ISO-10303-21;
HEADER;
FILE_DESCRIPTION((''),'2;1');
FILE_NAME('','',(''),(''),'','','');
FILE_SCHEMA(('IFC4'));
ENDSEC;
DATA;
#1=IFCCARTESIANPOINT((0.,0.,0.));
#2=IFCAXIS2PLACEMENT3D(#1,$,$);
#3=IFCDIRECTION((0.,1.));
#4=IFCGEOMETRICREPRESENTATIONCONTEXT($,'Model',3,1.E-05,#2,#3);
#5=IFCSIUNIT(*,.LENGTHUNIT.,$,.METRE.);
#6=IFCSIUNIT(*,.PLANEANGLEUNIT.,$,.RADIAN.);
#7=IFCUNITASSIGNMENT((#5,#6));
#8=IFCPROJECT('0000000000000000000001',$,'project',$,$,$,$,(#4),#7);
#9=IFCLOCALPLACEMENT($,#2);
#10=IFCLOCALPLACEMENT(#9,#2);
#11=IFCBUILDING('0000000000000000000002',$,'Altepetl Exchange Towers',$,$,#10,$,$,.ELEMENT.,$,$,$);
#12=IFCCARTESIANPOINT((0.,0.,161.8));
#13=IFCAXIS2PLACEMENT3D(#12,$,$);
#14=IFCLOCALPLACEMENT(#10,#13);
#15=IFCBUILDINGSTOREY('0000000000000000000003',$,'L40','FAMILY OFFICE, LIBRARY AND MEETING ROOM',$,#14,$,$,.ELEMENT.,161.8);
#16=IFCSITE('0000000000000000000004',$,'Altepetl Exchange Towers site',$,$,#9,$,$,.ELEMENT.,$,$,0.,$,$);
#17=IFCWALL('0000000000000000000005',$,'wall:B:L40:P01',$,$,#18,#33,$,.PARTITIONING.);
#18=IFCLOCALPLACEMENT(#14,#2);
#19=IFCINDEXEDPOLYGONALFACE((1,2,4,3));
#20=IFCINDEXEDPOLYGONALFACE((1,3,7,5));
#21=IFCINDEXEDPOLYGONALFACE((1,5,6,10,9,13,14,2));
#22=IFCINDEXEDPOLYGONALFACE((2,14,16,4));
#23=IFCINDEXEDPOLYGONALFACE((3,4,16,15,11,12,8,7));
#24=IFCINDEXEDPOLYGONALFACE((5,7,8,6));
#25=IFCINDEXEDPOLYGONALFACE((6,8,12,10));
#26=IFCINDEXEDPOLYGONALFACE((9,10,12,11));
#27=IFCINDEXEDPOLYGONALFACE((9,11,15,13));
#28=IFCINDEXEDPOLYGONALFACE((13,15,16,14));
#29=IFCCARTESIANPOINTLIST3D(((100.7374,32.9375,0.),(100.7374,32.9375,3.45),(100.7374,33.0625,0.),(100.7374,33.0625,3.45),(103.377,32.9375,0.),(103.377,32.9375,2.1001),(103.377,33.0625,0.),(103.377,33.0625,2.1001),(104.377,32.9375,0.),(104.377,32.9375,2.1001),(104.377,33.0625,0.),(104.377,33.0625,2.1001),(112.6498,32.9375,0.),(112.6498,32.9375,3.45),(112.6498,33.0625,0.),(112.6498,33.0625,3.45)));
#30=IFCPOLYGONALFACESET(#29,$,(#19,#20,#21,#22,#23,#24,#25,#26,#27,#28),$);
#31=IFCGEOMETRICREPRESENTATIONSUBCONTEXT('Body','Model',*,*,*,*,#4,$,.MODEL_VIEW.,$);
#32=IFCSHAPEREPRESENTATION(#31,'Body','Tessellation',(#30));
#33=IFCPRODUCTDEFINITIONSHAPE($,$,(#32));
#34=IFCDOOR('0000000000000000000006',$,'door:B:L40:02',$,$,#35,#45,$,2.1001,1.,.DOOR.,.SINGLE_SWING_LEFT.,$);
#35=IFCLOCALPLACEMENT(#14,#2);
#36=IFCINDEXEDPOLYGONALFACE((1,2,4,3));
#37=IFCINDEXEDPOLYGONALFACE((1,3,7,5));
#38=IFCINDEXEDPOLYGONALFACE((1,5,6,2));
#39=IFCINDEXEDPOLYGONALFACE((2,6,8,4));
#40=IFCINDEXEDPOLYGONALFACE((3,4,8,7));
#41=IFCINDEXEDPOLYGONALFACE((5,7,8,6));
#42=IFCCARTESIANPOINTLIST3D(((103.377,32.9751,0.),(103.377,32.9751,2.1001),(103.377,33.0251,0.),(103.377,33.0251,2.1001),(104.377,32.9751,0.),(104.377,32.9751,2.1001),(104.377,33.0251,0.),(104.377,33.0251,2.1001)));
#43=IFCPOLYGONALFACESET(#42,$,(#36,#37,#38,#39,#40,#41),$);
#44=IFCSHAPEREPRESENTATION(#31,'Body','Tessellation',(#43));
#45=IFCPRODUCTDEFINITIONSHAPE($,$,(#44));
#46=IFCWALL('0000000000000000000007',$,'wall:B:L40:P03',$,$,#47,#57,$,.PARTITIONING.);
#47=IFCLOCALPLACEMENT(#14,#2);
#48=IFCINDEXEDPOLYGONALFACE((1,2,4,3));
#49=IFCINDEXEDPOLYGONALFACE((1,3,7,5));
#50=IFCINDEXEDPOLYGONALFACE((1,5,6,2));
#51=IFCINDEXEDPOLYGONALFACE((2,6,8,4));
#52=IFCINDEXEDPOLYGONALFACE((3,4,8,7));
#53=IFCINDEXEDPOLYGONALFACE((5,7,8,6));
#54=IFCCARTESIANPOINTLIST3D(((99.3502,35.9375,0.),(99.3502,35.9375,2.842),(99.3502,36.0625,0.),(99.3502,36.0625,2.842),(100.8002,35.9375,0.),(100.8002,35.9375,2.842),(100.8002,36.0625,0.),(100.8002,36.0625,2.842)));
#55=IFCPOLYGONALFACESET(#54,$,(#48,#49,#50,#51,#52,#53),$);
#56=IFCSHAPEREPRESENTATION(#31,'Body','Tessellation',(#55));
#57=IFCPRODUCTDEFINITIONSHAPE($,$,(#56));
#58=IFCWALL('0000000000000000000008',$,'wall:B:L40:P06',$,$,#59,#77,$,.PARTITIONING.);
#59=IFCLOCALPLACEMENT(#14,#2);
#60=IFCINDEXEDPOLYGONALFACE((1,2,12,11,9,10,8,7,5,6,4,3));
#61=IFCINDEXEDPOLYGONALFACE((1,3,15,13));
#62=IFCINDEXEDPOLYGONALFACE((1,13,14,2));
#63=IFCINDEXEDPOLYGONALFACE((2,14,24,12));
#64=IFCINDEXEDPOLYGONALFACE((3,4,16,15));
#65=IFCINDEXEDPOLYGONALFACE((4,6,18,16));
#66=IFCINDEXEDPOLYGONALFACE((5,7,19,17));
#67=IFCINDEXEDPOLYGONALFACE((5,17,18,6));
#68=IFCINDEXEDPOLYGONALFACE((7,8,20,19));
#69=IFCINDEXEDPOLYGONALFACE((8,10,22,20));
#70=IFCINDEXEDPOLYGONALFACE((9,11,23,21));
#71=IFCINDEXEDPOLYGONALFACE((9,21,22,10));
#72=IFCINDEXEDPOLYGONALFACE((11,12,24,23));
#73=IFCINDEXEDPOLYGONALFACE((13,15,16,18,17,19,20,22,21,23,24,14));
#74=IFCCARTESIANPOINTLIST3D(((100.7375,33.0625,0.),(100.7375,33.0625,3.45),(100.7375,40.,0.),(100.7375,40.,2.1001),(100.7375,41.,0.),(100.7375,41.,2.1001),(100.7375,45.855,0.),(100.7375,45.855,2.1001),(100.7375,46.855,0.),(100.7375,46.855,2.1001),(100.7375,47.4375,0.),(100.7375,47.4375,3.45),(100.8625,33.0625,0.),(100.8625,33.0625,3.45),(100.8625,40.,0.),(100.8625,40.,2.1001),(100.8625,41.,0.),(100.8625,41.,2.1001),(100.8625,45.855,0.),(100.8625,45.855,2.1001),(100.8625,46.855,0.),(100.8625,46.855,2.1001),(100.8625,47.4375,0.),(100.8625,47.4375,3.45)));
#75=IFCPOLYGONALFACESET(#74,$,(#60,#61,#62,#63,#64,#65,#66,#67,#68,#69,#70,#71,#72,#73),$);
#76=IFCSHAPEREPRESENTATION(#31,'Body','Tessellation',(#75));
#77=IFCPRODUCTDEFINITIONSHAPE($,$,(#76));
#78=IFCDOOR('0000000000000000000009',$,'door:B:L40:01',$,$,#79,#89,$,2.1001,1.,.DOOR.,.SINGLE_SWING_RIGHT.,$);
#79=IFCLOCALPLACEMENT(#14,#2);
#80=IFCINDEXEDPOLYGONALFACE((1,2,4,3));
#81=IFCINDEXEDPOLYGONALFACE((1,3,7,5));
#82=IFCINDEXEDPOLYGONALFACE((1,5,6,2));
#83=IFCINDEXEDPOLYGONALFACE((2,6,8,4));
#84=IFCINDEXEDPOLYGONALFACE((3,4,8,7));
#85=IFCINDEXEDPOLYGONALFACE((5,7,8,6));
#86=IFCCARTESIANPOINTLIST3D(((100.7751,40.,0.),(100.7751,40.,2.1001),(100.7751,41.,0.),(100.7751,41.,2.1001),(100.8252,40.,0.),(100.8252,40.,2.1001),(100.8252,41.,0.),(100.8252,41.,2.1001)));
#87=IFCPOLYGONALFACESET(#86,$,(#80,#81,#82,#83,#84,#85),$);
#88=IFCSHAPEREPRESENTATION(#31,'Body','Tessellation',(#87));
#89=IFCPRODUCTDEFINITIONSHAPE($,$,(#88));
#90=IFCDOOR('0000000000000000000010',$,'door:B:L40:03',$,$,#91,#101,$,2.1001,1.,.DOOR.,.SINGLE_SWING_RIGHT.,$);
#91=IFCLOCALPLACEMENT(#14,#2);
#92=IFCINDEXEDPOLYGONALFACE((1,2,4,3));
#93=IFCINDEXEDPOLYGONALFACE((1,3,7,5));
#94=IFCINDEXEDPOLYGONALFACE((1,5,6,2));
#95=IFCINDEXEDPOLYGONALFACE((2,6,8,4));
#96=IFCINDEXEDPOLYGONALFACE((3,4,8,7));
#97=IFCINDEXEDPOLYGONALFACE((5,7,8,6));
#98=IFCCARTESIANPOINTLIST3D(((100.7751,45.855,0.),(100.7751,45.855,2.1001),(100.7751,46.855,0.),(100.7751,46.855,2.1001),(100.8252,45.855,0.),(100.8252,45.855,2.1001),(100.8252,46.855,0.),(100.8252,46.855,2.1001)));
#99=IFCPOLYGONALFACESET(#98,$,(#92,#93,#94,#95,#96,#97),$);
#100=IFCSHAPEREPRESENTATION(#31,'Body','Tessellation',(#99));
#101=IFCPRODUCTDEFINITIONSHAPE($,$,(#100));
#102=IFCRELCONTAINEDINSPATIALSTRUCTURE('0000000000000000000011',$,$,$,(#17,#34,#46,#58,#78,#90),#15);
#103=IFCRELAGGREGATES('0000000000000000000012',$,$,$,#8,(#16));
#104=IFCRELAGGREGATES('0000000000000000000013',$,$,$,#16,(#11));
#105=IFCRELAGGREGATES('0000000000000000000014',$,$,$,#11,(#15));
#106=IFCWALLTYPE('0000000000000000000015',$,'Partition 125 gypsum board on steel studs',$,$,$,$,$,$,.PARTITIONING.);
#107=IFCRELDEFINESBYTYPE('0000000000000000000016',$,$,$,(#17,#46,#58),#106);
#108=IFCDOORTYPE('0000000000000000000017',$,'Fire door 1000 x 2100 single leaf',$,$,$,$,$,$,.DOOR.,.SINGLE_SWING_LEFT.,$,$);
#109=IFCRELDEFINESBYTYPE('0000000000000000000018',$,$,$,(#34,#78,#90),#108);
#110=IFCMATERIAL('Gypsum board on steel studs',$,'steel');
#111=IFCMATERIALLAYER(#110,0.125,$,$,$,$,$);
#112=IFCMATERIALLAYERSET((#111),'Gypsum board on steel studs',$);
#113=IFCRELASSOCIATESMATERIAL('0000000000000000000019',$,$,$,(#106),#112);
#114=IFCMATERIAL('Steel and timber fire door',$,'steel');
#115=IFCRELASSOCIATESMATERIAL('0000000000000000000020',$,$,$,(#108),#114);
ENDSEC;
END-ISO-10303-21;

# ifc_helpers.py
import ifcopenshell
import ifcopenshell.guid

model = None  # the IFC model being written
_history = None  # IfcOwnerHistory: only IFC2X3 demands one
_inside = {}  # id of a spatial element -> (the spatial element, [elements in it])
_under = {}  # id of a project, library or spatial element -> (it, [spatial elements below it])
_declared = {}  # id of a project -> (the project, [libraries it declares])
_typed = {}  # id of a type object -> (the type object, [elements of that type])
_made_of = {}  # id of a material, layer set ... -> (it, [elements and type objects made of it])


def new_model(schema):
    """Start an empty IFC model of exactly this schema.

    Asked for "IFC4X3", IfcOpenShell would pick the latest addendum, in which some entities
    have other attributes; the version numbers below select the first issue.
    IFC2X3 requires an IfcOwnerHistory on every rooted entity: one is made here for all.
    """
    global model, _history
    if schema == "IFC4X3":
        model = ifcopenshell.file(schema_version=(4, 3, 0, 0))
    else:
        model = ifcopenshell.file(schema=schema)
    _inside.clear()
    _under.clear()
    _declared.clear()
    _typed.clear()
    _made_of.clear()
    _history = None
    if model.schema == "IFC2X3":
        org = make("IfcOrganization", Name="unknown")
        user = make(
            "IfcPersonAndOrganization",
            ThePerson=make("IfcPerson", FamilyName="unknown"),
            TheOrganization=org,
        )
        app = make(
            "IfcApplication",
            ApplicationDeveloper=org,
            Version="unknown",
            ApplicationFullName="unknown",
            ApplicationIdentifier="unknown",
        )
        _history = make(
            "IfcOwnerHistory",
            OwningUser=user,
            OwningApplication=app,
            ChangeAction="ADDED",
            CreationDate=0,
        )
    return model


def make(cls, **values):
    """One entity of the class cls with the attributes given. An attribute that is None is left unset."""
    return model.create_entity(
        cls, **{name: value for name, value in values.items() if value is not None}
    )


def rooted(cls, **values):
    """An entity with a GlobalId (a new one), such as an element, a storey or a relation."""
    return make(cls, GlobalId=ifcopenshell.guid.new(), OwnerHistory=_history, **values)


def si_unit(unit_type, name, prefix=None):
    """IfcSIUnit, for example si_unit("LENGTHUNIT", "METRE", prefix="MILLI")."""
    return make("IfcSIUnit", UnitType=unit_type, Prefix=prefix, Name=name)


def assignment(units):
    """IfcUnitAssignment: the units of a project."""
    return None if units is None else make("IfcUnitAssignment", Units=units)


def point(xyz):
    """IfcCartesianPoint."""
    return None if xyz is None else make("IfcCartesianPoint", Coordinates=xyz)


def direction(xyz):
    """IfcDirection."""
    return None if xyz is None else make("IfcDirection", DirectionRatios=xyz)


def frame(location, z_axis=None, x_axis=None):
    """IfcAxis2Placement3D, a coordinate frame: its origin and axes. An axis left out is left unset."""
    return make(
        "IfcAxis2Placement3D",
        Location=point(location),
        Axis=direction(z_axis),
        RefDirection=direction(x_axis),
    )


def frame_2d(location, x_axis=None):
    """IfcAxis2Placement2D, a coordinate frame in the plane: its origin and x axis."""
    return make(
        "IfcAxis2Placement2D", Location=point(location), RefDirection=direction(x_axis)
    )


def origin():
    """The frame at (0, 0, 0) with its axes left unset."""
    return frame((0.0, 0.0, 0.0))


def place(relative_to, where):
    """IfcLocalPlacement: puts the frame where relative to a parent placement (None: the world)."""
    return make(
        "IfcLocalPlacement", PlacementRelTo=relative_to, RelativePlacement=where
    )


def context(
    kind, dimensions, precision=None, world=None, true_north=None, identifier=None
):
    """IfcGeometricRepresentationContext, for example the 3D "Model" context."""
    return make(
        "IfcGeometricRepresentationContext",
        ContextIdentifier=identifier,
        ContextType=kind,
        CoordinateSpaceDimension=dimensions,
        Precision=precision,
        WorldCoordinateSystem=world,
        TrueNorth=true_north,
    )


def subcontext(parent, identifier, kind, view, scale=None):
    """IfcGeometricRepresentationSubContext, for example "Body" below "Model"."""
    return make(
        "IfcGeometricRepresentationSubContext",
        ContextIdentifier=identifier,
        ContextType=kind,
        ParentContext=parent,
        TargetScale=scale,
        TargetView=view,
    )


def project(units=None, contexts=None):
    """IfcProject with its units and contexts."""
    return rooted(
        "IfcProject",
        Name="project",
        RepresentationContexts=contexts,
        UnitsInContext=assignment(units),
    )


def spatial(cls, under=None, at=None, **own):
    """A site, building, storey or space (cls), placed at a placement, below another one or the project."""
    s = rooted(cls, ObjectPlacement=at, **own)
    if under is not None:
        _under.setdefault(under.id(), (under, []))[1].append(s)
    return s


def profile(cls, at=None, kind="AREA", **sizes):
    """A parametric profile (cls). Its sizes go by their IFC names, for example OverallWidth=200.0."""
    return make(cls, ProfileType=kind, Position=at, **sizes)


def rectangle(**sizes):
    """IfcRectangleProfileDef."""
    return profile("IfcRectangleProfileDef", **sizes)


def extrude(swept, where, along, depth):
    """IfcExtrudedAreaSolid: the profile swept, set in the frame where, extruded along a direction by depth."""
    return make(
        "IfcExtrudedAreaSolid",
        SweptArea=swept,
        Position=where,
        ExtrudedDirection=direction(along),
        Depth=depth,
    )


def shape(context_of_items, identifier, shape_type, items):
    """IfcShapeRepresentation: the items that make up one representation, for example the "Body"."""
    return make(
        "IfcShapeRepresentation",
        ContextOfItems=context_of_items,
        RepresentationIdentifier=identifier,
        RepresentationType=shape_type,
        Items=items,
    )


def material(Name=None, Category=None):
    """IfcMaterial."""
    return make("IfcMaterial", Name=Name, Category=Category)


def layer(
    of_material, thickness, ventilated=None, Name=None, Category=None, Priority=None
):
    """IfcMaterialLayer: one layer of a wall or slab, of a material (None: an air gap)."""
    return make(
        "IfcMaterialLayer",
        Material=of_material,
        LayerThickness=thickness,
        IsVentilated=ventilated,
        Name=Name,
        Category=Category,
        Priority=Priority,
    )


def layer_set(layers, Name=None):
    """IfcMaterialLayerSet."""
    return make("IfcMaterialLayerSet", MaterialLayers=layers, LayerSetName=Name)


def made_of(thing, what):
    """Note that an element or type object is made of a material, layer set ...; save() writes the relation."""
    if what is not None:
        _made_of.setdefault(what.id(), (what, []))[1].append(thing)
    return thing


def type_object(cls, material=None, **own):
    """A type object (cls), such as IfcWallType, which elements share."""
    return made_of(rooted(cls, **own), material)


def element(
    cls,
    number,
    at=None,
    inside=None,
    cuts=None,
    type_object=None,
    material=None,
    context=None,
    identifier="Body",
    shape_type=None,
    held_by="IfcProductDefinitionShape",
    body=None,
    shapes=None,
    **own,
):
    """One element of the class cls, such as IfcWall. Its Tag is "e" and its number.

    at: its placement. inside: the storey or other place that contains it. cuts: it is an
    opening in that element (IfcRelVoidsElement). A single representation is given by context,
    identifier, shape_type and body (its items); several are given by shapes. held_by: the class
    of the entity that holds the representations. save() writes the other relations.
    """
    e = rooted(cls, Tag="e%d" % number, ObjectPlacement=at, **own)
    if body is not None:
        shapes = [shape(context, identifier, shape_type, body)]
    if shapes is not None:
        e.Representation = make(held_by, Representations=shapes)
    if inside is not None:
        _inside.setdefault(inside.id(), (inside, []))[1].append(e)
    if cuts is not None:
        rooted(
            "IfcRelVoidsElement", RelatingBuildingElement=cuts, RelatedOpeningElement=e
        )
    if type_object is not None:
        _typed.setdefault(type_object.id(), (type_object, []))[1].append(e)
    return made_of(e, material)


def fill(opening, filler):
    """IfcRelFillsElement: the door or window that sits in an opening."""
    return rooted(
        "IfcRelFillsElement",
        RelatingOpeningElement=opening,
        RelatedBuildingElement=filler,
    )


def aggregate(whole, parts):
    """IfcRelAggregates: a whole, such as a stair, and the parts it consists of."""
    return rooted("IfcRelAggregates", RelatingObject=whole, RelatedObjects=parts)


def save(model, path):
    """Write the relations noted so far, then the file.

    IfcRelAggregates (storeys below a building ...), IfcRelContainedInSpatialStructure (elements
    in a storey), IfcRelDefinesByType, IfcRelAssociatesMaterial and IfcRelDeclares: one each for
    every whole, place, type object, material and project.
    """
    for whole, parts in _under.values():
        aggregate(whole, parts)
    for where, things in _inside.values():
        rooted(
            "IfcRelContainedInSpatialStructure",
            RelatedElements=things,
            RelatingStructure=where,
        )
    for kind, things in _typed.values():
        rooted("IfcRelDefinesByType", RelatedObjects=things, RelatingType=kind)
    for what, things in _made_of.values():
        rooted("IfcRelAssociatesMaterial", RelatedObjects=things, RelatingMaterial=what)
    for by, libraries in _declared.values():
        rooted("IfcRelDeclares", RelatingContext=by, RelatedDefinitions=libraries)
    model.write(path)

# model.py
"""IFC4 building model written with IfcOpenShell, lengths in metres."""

from ifc_helpers import new_model, si_unit, direction, frame, frame_2d, origin, place, context, subcontext, project, spatial, rectangle, extrude, material, layer, layer_set, type_object, element, fill, save


model = new_model("IFC4")

# Units and contexts
model_context = context("Model", 3, precision=1e-05, world=origin(), true_north=direction((0.0, 1.0)))
body_context = subcontext(model_context, "Body", "Model", "MODEL_VIEW")
ifc_project = project(units=[si_unit("LENGTHUNIT", "METRE"), si_unit("PLANEANGLEUNIT", "RADIAN")], contexts=[model_context])

# Site, building, storey
site_placement = place(None, origin())
site = spatial("IfcSite", under=ifc_project, at=site_placement, Name="Altepetl Exchange Towers site", CompositionType="ELEMENT", RefElevation=0.0)
building_placement = place(site_placement, origin())
building = spatial("IfcBuilding", under=site, at=building_placement, Name="Altepetl Exchange Towers", CompositionType="ELEMENT")
storey_placement = place(building_placement, frame((0.0, 0.0, 161.8)))
storey = spatial("IfcBuildingStorey", under=building, at=storey_placement, Name="L40", Description="FAMILY OFFICE, LIBRARY AND MEETING ROOM", CompositionType="ELEMENT", Elevation=161.8)

# Wall, opening, door
ifc_material_1 = material(Name="Gypsum board on steel studs", Category="steel")
ifc_layer_1 = layer(ifc_material_1, 0.125)
ifc_layer_set_1 = layer_set([ifc_layer_1], Name="Gypsum board on steel studs")
wall_type_1 = type_object("IfcWallType", Name="Partition 125 gypsum board on steel studs", PredefinedType="PARTITIONING", material=ifc_layer_set_1)
wall_1_placement = place(storey_placement, frame((100.7375, 33.0, 0.0)))
wall_1 = element("IfcWall", 1, at=wall_1_placement, inside=storey, type_object=wall_type_1, Name="wall:B:L40:P01", PredefinedType="PARTITIONING", context=body_context, shape_type="SweptSolid", body=[
    extrude(rectangle(XDim=11.9124, YDim=0.125, at=frame_2d((5.9561, 0.0))), origin(), (0.0, 0.0, 1.0), 3.45),
])
opening_1_placement = place(wall_1_placement, frame((2.6394, 0.0, 0.0)))
opening_1 = element("IfcOpeningElement", 2, at=opening_1_placement, cuts=wall_1, PredefinedType="OPENING", context=body_context, shape_type="SweptSolid", body=[
    extrude(rectangle(XDim=1.0, YDim=2.1001, at=frame_2d((0.5, 1.05))), frame((0.0, 0.0725, 0.0), z_axis=(0.0, -1.0, 0.0), x_axis=(1.0, 0.0, 0.0)), (0.0, 0.0, 1.0), 0.145),
])
ifc_material_2 = material(Name="Steel and timber fire door", Category="steel")
door_type_1 = type_object("IfcDoorType", Name="Fire door 1000 x 2100 single leaf", OperationType="SINGLE_SWING_LEFT", PredefinedType="DOOR", material=ifc_material_2)
door_1_placement = place(opening_1_placement, frame((1.0, 0.0, 0.0), x_axis=(-1.0, 0.0, 0.0)))
door_1 = element("IfcDoor", 3, at=door_1_placement, inside=storey, type_object=door_type_1, Name="door:B:L40:02", OperationType="SINGLE_SWING_LEFT", OverallHeight=2.1001, OverallWidth=1.0, PredefinedType="DOOR", context=body_context, shape_type="SweptSolid", body=[
    extrude(rectangle(XDim=1.0, YDim=2.1001, at=frame_2d((0.5, 1.05))), frame((0.0, 0.0249, 0.0), z_axis=(0.0, -1.0, 0.0), x_axis=(1.0, 0.0, 0.0)), (0.0, 0.0, 1.0), 0.05),
])
fill(opening_1, door_1)

# Wall
wall_2_placement = place(storey_placement, frame((99.3501, 36.0, 0.0)))
element("IfcWall", 4, at=wall_2_placement, inside=storey, type_object=wall_type_1, Name="wall:B:L40:P03", PredefinedType="PARTITIONING", context=body_context, shape_type="SweptSolid", body=[
    extrude(rectangle(XDim=1.45, YDim=0.125, at=frame_2d((0.7251, 0.0))), origin(), (0.0, 0.0, 1.0), 2.842),
])

# Wall, openings, doors
wall_3_placement = place(storey_placement, frame((100.8, 33.0625, 0.0), z_axis=(0.0, 0.0, 1.0), x_axis=(0.0, 1.0, 0.0)))
wall_3 = element("IfcWall", 5, at=wall_3_placement, inside=storey, type_object=wall_type_1, Name="wall:B:L40:P06", PredefinedType="PARTITIONING", context=body_context, shape_type="SweptSolid", body=[
    extrude(rectangle(XDim=14.375, YDim=0.125, at=frame_2d((7.1875, 0.0))), origin(), (0.0, 0.0, 1.0), 3.45),
])
opening_2_placement = place(wall_3_placement, frame((6.9375, 0.0, 0.0)))
opening_2 = element("IfcOpeningElement", 6, at=opening_2_placement, cuts=wall_3, PredefinedType="OPENING", context=body_context, shape_type="SweptSolid", body=[
    extrude(rectangle(XDim=1.0, YDim=2.1001, at=frame_2d((0.5, 1.05))), frame((0.0, 0.0725, 0.0), z_axis=(0.0, -1.0, 0.0), x_axis=(1.0, 0.0, 0.0)), (0.0, 0.0, 1.0), 0.145),
])
opening_3_placement = place(wall_3_placement, frame((12.7925, 0.0, 0.0)))
opening_3 = element("IfcOpeningElement", 7, at=opening_3_placement, cuts=wall_3, PredefinedType="OPENING", context=body_context, shape_type="SweptSolid", body=[
    extrude(rectangle(XDim=1.0, YDim=2.1001, at=frame_2d((0.5, 1.05))), frame((0.0, 0.0725, 0.0), z_axis=(0.0, -1.0, 0.0), x_axis=(1.0, 0.0, 0.0)), (0.0, 0.0, 1.0), 0.145),
])
door_2_placement = place(opening_2_placement, origin())
door_2 = element("IfcDoor", 8, at=door_2_placement, inside=storey, type_object=door_type_1, Name="door:B:L40:01", OperationType="SINGLE_SWING_RIGHT", OverallHeight=2.1001, OverallWidth=1.0, PredefinedType="DOOR", context=body_context, shape_type="SweptSolid", body=[
    extrude(rectangle(XDim=1.0, YDim=2.1001, at=frame_2d((0.5, 1.05))), frame((0.0, 0.0249, 0.0), z_axis=(0.0, -1.0, 0.0), x_axis=(1.0, 0.0, 0.0)), (0.0, 0.0, 1.0), 0.05),
])
fill(opening_2, door_2)
door_3_placement = place(opening_3_placement, origin())
door_3 = element("IfcDoor", 9, at=door_3_placement, inside=storey, type_object=door_type_1, Name="door:B:L40:03", OperationType="SINGLE_SWING_RIGHT", OverallHeight=2.1001, OverallWidth=1.0, PredefinedType="DOOR", context=body_context, shape_type="SweptSolid", body=[
    extrude(rectangle(XDim=1.0, YDim=2.1001, at=frame_2d((0.5, 1.05))), frame((0.0, 0.0249, 0.0), z_axis=(0.0, -1.0, 0.0), x_axis=(1.0, 0.0, 0.0)), (0.0, 0.0, 1.0), 0.05),
])
fill(opening_3, door_3)

save(model, "model.ifc")
